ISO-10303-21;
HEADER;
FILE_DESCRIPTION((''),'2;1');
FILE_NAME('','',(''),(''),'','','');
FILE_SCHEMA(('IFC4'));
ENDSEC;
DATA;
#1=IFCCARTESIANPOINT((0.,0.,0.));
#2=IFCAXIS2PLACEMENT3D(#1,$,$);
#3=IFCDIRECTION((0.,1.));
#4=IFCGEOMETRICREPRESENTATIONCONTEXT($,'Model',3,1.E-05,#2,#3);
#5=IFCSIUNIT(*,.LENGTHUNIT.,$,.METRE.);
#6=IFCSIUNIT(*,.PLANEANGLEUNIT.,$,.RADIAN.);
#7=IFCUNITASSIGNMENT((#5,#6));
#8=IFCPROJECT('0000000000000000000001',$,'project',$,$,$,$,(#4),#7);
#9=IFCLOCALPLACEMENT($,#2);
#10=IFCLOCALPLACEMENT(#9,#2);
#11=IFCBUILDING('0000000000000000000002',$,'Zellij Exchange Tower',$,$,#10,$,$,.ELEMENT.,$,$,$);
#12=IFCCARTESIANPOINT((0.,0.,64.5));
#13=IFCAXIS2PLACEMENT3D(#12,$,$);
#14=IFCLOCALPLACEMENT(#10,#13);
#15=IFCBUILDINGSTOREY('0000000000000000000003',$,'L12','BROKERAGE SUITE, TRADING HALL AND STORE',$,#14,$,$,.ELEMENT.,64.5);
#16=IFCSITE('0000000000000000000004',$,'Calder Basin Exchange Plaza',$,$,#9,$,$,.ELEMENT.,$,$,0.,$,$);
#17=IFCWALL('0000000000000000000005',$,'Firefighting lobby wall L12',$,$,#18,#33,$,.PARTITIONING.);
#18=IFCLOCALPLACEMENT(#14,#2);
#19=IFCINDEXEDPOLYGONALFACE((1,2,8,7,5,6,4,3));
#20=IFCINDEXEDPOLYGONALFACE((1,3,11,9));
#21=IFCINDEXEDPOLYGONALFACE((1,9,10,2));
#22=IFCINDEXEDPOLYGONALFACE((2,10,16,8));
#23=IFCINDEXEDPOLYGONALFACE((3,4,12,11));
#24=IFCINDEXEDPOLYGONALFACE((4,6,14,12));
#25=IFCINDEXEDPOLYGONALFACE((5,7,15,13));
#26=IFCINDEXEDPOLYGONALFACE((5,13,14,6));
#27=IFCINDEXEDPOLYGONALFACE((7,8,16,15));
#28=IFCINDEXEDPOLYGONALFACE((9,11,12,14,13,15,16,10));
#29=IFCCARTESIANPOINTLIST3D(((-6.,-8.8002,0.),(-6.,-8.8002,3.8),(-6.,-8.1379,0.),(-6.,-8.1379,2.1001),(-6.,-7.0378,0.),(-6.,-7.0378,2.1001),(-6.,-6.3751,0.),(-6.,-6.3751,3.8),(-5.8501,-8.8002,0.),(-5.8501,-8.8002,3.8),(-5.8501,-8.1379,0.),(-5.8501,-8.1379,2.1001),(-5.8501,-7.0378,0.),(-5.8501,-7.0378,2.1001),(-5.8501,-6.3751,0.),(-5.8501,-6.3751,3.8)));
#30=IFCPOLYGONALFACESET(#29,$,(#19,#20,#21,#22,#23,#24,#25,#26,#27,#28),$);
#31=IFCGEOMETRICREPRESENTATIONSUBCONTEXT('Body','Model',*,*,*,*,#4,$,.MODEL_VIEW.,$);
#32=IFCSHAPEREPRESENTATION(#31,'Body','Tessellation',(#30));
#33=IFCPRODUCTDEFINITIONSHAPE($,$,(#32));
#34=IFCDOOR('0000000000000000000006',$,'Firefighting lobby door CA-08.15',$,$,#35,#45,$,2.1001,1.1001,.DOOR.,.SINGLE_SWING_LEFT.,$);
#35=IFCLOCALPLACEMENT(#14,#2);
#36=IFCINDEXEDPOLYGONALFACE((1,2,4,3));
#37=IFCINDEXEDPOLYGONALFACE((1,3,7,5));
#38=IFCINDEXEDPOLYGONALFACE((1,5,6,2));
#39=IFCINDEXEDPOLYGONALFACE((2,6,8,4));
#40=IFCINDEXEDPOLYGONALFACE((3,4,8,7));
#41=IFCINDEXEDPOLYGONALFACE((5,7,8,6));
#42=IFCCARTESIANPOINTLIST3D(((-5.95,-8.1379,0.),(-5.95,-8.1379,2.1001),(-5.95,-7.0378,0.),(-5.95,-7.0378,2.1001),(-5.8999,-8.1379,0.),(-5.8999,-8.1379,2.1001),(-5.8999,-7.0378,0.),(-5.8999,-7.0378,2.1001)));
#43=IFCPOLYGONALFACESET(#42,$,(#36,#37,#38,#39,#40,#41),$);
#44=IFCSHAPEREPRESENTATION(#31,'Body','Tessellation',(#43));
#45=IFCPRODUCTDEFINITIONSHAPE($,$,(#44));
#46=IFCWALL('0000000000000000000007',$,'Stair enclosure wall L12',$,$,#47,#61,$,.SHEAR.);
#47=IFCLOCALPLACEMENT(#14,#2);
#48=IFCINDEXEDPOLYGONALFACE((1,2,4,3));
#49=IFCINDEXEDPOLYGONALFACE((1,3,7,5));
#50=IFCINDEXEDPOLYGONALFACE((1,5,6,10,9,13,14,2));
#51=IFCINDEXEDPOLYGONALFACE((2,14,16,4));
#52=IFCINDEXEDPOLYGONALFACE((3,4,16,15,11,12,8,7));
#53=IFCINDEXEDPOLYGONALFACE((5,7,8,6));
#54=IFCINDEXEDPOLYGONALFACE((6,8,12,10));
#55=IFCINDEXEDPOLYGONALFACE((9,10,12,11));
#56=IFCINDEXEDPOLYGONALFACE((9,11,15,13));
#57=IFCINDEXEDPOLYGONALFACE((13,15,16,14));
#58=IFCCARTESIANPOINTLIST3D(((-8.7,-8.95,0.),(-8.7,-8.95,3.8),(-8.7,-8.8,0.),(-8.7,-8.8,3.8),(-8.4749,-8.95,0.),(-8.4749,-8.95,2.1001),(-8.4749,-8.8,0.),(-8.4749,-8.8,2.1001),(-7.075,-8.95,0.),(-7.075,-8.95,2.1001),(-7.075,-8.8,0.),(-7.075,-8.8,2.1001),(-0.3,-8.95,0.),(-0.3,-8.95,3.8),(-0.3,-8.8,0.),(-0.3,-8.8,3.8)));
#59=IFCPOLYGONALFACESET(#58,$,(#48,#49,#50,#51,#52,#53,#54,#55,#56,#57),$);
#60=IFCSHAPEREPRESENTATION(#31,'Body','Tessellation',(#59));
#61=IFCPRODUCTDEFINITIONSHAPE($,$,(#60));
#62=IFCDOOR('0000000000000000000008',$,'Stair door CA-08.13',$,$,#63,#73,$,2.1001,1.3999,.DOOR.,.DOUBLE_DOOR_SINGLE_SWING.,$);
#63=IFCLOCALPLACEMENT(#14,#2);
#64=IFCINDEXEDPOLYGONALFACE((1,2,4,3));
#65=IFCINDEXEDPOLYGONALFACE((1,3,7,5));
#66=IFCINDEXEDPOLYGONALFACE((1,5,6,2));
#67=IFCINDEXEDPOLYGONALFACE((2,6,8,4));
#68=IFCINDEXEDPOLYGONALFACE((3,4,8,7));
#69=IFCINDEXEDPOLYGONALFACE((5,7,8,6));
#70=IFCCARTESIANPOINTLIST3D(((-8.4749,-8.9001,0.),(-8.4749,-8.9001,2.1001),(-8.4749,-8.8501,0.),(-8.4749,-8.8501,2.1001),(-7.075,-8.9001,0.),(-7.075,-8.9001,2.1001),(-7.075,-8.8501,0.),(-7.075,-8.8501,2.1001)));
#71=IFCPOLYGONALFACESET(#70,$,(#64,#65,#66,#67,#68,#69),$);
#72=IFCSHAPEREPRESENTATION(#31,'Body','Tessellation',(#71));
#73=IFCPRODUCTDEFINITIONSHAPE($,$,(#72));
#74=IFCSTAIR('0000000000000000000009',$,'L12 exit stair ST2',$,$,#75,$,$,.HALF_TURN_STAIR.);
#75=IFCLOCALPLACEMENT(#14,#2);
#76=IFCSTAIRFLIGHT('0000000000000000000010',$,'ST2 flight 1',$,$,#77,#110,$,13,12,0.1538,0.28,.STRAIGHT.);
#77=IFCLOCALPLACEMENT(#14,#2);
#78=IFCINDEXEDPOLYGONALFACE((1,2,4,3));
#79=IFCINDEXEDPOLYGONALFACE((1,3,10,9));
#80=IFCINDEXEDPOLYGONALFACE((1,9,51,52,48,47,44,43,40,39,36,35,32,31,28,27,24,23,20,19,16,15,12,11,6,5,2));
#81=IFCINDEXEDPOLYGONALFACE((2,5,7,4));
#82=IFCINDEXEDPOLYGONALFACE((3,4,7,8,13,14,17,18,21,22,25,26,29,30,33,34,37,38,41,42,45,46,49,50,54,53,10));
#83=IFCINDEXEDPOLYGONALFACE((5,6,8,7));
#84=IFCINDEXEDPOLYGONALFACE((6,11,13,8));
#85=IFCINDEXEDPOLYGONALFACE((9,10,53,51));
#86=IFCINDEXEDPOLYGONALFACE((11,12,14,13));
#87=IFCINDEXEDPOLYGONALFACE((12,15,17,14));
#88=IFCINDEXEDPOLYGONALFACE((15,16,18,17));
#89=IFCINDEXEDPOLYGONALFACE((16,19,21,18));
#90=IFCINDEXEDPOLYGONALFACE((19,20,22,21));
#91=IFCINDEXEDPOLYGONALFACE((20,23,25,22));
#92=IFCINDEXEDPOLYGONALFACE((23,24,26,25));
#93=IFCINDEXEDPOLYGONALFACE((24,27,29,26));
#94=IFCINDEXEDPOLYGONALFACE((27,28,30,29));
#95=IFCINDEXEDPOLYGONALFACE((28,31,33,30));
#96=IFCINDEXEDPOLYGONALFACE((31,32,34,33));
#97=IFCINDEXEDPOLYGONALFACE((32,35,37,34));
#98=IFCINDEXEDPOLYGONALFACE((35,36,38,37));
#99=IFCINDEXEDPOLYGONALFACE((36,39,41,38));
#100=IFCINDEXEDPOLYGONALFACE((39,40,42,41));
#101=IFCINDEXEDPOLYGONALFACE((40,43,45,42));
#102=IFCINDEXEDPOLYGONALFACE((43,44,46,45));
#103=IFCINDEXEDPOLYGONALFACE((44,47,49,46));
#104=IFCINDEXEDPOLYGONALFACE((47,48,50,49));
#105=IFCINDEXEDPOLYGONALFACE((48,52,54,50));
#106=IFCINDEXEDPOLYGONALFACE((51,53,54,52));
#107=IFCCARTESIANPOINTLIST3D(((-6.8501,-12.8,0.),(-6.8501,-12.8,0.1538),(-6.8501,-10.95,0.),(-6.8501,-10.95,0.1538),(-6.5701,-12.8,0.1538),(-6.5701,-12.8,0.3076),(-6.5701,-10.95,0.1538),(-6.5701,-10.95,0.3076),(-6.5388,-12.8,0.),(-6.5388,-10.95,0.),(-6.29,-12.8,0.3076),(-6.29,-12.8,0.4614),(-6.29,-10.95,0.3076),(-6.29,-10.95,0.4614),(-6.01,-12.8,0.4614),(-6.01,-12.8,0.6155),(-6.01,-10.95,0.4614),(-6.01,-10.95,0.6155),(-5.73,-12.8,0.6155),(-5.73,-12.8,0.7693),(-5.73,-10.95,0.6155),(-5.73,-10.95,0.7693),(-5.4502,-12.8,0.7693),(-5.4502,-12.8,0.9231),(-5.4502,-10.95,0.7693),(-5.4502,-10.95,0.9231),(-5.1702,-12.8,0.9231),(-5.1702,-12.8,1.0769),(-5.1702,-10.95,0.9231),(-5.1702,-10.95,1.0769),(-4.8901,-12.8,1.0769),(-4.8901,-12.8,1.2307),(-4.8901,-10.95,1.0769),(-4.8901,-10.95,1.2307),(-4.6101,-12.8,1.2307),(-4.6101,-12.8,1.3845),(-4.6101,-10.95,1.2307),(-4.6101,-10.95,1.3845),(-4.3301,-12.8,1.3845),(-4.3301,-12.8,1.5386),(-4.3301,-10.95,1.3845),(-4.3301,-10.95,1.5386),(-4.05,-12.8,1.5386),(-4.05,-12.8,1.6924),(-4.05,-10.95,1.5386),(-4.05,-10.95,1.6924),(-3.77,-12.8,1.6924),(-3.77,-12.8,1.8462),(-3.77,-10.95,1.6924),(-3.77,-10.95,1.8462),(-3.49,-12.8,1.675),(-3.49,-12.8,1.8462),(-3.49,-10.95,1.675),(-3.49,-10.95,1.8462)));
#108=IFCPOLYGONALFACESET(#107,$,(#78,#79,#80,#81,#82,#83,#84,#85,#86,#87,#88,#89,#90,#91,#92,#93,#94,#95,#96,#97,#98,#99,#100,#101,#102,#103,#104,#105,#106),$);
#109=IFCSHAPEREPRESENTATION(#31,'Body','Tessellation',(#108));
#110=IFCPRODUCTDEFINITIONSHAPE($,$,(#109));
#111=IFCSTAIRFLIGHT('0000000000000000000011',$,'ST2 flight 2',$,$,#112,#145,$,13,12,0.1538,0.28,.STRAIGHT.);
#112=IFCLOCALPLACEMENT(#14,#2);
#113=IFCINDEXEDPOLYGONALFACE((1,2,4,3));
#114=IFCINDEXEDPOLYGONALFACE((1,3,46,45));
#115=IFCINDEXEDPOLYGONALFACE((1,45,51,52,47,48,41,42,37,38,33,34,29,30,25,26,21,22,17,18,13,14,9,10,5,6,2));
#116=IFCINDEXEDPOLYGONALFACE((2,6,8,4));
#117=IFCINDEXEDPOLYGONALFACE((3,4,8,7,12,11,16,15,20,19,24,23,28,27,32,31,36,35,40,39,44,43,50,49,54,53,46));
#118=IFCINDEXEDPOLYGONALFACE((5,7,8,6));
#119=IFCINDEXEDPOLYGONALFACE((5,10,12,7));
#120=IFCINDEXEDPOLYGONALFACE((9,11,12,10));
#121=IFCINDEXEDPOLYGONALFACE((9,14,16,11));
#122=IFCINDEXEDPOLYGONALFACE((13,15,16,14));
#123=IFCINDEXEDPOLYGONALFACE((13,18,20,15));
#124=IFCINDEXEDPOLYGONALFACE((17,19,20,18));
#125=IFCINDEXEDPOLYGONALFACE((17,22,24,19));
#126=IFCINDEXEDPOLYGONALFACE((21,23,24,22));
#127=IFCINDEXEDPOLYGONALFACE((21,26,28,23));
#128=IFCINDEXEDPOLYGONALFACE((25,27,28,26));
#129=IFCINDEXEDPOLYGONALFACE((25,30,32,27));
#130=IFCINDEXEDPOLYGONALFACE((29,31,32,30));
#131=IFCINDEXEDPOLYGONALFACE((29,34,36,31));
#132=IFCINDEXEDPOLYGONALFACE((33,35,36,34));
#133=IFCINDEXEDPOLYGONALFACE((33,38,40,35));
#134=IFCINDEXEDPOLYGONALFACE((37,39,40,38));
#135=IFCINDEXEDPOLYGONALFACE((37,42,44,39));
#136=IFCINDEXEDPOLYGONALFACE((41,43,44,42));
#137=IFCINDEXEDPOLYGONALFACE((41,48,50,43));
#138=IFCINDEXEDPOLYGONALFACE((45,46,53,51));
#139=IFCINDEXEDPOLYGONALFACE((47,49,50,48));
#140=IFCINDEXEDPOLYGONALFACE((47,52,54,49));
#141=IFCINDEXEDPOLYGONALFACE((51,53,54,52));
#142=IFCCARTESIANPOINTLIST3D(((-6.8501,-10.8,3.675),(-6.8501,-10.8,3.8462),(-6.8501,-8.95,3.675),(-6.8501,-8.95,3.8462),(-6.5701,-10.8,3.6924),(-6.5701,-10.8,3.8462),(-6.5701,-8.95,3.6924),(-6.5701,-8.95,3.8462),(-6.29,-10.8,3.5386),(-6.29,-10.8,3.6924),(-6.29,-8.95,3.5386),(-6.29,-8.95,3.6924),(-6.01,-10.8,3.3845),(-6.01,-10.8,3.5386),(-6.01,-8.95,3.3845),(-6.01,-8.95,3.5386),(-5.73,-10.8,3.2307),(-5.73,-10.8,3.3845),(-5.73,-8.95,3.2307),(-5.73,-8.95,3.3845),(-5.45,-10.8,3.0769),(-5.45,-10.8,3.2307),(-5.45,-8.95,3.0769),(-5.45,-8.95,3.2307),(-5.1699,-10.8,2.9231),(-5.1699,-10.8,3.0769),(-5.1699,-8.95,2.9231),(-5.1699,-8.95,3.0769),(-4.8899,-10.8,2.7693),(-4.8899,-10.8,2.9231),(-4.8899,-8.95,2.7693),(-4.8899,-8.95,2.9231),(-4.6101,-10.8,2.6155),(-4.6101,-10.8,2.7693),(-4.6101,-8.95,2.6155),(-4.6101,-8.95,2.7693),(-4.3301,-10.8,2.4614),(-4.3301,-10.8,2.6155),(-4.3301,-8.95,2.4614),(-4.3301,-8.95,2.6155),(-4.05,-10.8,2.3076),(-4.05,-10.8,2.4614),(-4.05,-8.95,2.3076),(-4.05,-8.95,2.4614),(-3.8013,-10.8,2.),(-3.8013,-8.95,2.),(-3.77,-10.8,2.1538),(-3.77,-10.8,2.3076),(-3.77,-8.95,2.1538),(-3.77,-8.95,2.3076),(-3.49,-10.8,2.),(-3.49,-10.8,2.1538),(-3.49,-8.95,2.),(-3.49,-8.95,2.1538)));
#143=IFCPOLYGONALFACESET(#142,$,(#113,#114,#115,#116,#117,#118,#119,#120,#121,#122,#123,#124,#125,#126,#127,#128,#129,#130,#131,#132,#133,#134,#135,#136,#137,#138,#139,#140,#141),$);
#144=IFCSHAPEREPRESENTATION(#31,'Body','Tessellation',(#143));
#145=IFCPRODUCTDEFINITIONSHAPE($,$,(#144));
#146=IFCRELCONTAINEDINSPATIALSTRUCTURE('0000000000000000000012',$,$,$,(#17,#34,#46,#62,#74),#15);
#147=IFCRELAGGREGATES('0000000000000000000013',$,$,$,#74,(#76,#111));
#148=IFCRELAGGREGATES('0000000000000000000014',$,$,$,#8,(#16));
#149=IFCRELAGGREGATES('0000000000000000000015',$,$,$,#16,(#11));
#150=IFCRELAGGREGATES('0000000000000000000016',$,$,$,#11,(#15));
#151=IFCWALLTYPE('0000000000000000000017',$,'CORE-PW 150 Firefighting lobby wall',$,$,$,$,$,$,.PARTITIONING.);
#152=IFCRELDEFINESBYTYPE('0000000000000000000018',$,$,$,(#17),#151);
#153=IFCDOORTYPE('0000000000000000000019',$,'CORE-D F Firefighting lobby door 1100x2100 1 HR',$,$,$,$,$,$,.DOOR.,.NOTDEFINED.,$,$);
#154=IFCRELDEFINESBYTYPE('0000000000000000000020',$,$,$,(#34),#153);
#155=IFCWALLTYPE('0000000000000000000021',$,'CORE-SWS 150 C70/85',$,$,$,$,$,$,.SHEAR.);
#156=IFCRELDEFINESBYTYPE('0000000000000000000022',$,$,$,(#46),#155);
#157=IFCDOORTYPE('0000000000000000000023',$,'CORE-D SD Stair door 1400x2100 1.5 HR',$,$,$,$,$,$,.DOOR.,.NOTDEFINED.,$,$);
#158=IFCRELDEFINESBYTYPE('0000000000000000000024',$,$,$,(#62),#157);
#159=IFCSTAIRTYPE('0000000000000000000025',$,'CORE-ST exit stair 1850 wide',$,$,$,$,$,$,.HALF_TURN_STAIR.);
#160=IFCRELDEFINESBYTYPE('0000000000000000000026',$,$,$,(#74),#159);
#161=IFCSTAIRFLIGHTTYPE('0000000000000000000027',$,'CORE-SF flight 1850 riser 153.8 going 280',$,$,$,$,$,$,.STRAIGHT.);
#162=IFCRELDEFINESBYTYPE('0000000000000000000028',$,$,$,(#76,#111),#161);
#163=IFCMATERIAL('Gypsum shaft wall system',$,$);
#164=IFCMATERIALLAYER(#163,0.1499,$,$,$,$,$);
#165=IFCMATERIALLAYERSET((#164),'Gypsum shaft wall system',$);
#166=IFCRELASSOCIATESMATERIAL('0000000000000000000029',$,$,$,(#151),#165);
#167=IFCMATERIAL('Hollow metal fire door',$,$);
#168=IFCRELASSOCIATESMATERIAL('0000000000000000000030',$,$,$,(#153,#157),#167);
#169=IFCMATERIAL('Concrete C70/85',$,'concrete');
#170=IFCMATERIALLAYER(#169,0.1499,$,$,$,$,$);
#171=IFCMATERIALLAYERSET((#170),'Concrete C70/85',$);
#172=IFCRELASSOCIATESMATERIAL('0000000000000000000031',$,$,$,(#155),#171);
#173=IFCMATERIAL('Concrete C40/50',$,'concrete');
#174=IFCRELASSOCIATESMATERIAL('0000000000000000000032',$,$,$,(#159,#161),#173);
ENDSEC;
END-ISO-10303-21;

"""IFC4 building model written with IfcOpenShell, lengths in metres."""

from ifc_helpers import new_model, si_unit, direction, frame, frame_2d, origin, place, context, subcontext, project, spatial, polyline, rectangle, outline, extrude, material, layer, layer_set, type_object, element, fill, aggregate, save


model = new_model("IFC4")

# Units and contexts
model_context = context("Model", 3, precision=1e-05, world=origin(), true_north=direction((0.0, 1.0)))
body_context = subcontext(model_context, "Body", "Model", "MODEL_VIEW")
ifc_project = project(units=[si_unit("LENGTHUNIT", "METRE"), si_unit("PLANEANGLEUNIT", "RADIAN")], contexts=[model_context])

# Site, building, storey
site_placement = place(None, origin())
site = spatial("IfcSite", under=ifc_project, at=site_placement, Name="Calder Basin Exchange Plaza", CompositionType="ELEMENT", RefElevation=0.0)
building_placement = place(site_placement, origin())
building = spatial("IfcBuilding", under=site, at=building_placement, Name="Zellij Exchange Tower", CompositionType="ELEMENT")
storey_placement = place(building_placement, frame((0.0, 0.0, 64.5)))
storey = spatial("IfcBuildingStorey", under=building, at=storey_placement, Name="L12", Description="BROKERAGE SUITE, TRADING HALL AND STORE", CompositionType="ELEMENT", Elevation=64.5)

# Shared definitions
ifc_material_1 = material(Name="Concrete C70/85", Category="concrete")

# Walls, openings, doors
ifc_material_2 = material(Name="Gypsum shaft wall system")
ifc_layer_1 = layer(ifc_material_2, 0.1499)
ifc_layer_set_1 = layer_set([ifc_layer_1], Name="Gypsum shaft wall system")
wall_type_1 = type_object("IfcWallType", Name="CORE-PW 150 Firefighting lobby wall", PredefinedType="PARTITIONING", material=ifc_layer_set_1)
wall_1_placement = place(storey_placement, frame((-5.925, -8.8, 0.0), z_axis=(0.0, 0.0, 1.0), x_axis=(0.0, 1.0, 0.0)))
wall_1 = element("IfcWall", 1, at=wall_1_placement, inside=storey, type_object=wall_type_1, Name="Firefighting lobby wall L12", PredefinedType="PARTITIONING", context=body_context, shape_type="SweptSolid", body=[
    extrude(rectangle(XDim=2.425, YDim=0.1499, at=frame_2d((1.2124, 0.0))), origin(), (0.0, 0.0, 1.0), 3.8),
])
opening_1_placement = place(wall_1_placement, frame((0.6621, 0.0, 0.0)))
opening_1 = element("IfcOpeningElement", 2, at=opening_1_placement, cuts=wall_1, PredefinedType="OPENING", context=body_context, shape_type="SweptSolid", body=[
    extrude(rectangle(XDim=1.1001, YDim=2.1001, at=frame_2d((0.55, 1.05))), frame((0.0, 0.0869, 0.0), z_axis=(0.0, -1.0, 0.0), x_axis=(1.0, 0.0, 0.0)), (0.0, 0.0, 1.0), 0.1738),
])
ifc_material_3 = material(Name="Hollow metal fire door")
door_type_1 = type_object("IfcDoorType", Name="CORE-D F Firefighting lobby door 1100x2100 1 HR", OperationType="NOTDEFINED", PredefinedType="DOOR", material=ifc_material_3)
door_1_placement = place(opening_1_placement, origin())
door_1 = element("IfcDoor", 3, at=door_1_placement, inside=storey, type_object=door_type_1, Name="Firefighting lobby door CA-08.15", OperationType="SINGLE_SWING_LEFT", OverallHeight=2.1001, OverallWidth=1.1001, PredefinedType="DOOR", context=body_context, shape_type="SweptSolid", body=[
    extrude(rectangle(XDim=1.1001, YDim=2.1001, at=frame_2d((0.55, 1.05))), frame((0.0, 0.0249, 0.0), z_axis=(0.0, -1.0, 0.0), x_axis=(1.0, 0.0, 0.0)), (0.0, 0.0, 1.0), 0.05),
])
fill(opening_1, door_1)
ifc_layer_2 = layer(ifc_material_1, 0.1499)
ifc_layer_set_2 = layer_set([ifc_layer_2], Name="Concrete C70/85")
wall_type_2 = type_object("IfcWallType", Name="CORE-SWS 150 C70/85", PredefinedType="SHEAR", material=ifc_layer_set_2)
wall_2_placement = place(storey_placement, frame((-8.7, -8.875, 0.0), z_axis=(0.0, 0.0, 1.0), x_axis=(1.0, 0.0, 0.0)))
wall_2 = element("IfcWall", 4, at=wall_2_placement, inside=storey, type_object=wall_type_2, Name="Stair enclosure wall L12", PredefinedType="SHEAR", context=body_context, shape_type="SweptSolid", body=[
    extrude(rectangle(XDim=8.3999, YDim=0.1499, at=frame_2d((4.2, 0.0))), origin(), (0.0, 0.0, 1.0), 3.8),
])
opening_2_placement = place(wall_2_placement, frame((0.2251, 0.0, 0.0)))
opening_2 = element("IfcOpeningElement", 5, at=opening_2_placement, cuts=wall_2, PredefinedType="OPENING", context=body_context, shape_type="SweptSolid", body=[
    extrude(rectangle(XDim=1.3999, YDim=2.1001, at=frame_2d((0.7, 1.05))), frame((0.0, 0.0869, 0.0), z_axis=(0.0, -1.0, 0.0), x_axis=(1.0, 0.0, 0.0)), (0.0, 0.0, 1.0), 0.1738),
])
door_type_2 = type_object("IfcDoorType", Name="CORE-D SD Stair door 1400x2100 1.5 HR", OperationType="NOTDEFINED", PredefinedType="DOOR", material=ifc_material_3)
door_2_placement = place(opening_2_placement, origin())
door_2 = element("IfcDoor", 6, at=door_2_placement, inside=storey, type_object=door_type_2, Name="Stair door CA-08.13", OperationType="DOUBLE_DOOR_SINGLE_SWING", OverallHeight=2.1001, OverallWidth=1.3999, PredefinedType="DOOR", context=body_context, shape_type="SweptSolid", body=[
    extrude(rectangle(XDim=1.3999, YDim=2.1001, at=frame_2d((0.7, 1.05))), frame((0.0, 0.0249, 0.0), z_axis=(0.0, -1.0, 0.0), x_axis=(1.0, 0.0, 0.0)), (0.0, 0.0, 1.0), 0.05),
])
fill(opening_2, door_2)

# Stair, stair flights
ifc_material_4 = material(Name="Concrete C40/50", Category="concrete")
stair_type = type_object("IfcStairType", Name="CORE-ST exit stair 1850 wide", PredefinedType="HALF_TURN_STAIR", material=ifc_material_4)
stair_placement = place(storey_placement, origin())
stair = element("IfcStair", 7, at=stair_placement, inside=storey, type_object=stair_type, Name="L12 exit stair ST2", PredefinedType="HALF_TURN_STAIR")
stair_flight_type = type_object("IfcStairFlightType", Name="CORE-SF flight 1850 riser 153.8 going 280", PredefinedType="STRAIGHT", material=ifc_material_4)
stair_flight_1_placement = place(storey_placement, frame((-6.8501, -11.875, 0.0), z_axis=(0.0, 0.0, 1.0), x_axis=(1.0, 0.0, 0.0)))
stair_flight_1 = element("IfcStairFlight", 8, at=stair_flight_1_placement, type_object=stair_flight_type, Name="ST2 flight 1", NumberOfRisers=13, NumberOfTreads=12, PredefinedType="STRAIGHT", RiserHeight=0.1538, TreadLength=0.28, context=body_context, shape_type="SweptSolid", body=[
    extrude(outline(polyline([(0.0, 0.0), (0.0, 0.1538), (0.28, 0.1538), (0.28, 0.3076), (0.5601, 0.3076), (0.5601, 0.4614), (0.8401, 0.4614), (0.8401, 0.6155), (1.1201, 0.6155), (1.1201, 0.7693), (1.3999, 0.7693), (1.3999, 0.9231), (1.6799, 0.9231), (1.6799, 1.0769), (1.96, 1.0769), (1.96, 1.2307), (2.24, 1.2307), (2.24, 1.3845), (2.52, 1.3845), (2.52, 1.5386), (2.8, 1.5386), (2.8, 1.6924), (3.0801, 1.6924), (3.0801, 1.8462), (3.3601, 1.8462), (3.3601, 2.0), (3.3601, 1.675), (0.3113, 0.0), (0.0, 0.0)])), frame((0.0, 0.925, 0.0), z_axis=(0.0, -1.0, 0.0), x_axis=(1.0, 0.0, 0.0)), (0.0, 0.0, 1.0), 1.8501),
])
stair_flight_2_placement = place(storey_placement, frame((-3.49, -9.875, 2.0), z_axis=(0.0, 0.0, 1.0), x_axis=(-1.0, 0.0, 0.0)))
stair_flight_2 = element("IfcStairFlight", 9, at=stair_flight_2_placement, type_object=stair_flight_type, Name="ST2 flight 2", NumberOfRisers=13, NumberOfTreads=12, PredefinedType="STRAIGHT", RiserHeight=0.1538, TreadLength=0.28, context=body_context, shape_type="SweptSolid", body=[
    extrude(outline(polyline([(0.0, 0.0), (0.0, 0.1538), (0.28, 0.1538), (0.28, 0.3076), (0.5601, 0.3076), (0.5601, 0.4614), (0.8401, 0.4614), (0.8401, 0.6155), (1.1201, 0.6155), (1.1201, 0.7693), (1.3999, 0.7693), (1.3999, 0.9231), (1.6799, 0.9231), (1.6799, 1.0769), (1.96, 1.0769), (1.96, 1.2307), (2.24, 1.2307), (2.24, 1.3845), (2.52, 1.3845), (2.52, 1.5386), (2.8, 1.5386), (2.8, 1.6924), (3.0801, 1.6924), (3.0801, 1.8462), (3.3601, 1.8462), (3.3601, 2.0), (3.3601, 1.675), (0.3113, 0.0), (0.0, 0.0)])), frame((0.0, 0.925, 0.0), z_axis=(0.0, -1.0, 0.0), x_axis=(1.0, 0.0, 0.0)), (0.0, 0.0, 1.0), 1.8501),
])
aggregate(stair, [stair_flight_1, stair_flight_2])

save(model, "model.ifc")
